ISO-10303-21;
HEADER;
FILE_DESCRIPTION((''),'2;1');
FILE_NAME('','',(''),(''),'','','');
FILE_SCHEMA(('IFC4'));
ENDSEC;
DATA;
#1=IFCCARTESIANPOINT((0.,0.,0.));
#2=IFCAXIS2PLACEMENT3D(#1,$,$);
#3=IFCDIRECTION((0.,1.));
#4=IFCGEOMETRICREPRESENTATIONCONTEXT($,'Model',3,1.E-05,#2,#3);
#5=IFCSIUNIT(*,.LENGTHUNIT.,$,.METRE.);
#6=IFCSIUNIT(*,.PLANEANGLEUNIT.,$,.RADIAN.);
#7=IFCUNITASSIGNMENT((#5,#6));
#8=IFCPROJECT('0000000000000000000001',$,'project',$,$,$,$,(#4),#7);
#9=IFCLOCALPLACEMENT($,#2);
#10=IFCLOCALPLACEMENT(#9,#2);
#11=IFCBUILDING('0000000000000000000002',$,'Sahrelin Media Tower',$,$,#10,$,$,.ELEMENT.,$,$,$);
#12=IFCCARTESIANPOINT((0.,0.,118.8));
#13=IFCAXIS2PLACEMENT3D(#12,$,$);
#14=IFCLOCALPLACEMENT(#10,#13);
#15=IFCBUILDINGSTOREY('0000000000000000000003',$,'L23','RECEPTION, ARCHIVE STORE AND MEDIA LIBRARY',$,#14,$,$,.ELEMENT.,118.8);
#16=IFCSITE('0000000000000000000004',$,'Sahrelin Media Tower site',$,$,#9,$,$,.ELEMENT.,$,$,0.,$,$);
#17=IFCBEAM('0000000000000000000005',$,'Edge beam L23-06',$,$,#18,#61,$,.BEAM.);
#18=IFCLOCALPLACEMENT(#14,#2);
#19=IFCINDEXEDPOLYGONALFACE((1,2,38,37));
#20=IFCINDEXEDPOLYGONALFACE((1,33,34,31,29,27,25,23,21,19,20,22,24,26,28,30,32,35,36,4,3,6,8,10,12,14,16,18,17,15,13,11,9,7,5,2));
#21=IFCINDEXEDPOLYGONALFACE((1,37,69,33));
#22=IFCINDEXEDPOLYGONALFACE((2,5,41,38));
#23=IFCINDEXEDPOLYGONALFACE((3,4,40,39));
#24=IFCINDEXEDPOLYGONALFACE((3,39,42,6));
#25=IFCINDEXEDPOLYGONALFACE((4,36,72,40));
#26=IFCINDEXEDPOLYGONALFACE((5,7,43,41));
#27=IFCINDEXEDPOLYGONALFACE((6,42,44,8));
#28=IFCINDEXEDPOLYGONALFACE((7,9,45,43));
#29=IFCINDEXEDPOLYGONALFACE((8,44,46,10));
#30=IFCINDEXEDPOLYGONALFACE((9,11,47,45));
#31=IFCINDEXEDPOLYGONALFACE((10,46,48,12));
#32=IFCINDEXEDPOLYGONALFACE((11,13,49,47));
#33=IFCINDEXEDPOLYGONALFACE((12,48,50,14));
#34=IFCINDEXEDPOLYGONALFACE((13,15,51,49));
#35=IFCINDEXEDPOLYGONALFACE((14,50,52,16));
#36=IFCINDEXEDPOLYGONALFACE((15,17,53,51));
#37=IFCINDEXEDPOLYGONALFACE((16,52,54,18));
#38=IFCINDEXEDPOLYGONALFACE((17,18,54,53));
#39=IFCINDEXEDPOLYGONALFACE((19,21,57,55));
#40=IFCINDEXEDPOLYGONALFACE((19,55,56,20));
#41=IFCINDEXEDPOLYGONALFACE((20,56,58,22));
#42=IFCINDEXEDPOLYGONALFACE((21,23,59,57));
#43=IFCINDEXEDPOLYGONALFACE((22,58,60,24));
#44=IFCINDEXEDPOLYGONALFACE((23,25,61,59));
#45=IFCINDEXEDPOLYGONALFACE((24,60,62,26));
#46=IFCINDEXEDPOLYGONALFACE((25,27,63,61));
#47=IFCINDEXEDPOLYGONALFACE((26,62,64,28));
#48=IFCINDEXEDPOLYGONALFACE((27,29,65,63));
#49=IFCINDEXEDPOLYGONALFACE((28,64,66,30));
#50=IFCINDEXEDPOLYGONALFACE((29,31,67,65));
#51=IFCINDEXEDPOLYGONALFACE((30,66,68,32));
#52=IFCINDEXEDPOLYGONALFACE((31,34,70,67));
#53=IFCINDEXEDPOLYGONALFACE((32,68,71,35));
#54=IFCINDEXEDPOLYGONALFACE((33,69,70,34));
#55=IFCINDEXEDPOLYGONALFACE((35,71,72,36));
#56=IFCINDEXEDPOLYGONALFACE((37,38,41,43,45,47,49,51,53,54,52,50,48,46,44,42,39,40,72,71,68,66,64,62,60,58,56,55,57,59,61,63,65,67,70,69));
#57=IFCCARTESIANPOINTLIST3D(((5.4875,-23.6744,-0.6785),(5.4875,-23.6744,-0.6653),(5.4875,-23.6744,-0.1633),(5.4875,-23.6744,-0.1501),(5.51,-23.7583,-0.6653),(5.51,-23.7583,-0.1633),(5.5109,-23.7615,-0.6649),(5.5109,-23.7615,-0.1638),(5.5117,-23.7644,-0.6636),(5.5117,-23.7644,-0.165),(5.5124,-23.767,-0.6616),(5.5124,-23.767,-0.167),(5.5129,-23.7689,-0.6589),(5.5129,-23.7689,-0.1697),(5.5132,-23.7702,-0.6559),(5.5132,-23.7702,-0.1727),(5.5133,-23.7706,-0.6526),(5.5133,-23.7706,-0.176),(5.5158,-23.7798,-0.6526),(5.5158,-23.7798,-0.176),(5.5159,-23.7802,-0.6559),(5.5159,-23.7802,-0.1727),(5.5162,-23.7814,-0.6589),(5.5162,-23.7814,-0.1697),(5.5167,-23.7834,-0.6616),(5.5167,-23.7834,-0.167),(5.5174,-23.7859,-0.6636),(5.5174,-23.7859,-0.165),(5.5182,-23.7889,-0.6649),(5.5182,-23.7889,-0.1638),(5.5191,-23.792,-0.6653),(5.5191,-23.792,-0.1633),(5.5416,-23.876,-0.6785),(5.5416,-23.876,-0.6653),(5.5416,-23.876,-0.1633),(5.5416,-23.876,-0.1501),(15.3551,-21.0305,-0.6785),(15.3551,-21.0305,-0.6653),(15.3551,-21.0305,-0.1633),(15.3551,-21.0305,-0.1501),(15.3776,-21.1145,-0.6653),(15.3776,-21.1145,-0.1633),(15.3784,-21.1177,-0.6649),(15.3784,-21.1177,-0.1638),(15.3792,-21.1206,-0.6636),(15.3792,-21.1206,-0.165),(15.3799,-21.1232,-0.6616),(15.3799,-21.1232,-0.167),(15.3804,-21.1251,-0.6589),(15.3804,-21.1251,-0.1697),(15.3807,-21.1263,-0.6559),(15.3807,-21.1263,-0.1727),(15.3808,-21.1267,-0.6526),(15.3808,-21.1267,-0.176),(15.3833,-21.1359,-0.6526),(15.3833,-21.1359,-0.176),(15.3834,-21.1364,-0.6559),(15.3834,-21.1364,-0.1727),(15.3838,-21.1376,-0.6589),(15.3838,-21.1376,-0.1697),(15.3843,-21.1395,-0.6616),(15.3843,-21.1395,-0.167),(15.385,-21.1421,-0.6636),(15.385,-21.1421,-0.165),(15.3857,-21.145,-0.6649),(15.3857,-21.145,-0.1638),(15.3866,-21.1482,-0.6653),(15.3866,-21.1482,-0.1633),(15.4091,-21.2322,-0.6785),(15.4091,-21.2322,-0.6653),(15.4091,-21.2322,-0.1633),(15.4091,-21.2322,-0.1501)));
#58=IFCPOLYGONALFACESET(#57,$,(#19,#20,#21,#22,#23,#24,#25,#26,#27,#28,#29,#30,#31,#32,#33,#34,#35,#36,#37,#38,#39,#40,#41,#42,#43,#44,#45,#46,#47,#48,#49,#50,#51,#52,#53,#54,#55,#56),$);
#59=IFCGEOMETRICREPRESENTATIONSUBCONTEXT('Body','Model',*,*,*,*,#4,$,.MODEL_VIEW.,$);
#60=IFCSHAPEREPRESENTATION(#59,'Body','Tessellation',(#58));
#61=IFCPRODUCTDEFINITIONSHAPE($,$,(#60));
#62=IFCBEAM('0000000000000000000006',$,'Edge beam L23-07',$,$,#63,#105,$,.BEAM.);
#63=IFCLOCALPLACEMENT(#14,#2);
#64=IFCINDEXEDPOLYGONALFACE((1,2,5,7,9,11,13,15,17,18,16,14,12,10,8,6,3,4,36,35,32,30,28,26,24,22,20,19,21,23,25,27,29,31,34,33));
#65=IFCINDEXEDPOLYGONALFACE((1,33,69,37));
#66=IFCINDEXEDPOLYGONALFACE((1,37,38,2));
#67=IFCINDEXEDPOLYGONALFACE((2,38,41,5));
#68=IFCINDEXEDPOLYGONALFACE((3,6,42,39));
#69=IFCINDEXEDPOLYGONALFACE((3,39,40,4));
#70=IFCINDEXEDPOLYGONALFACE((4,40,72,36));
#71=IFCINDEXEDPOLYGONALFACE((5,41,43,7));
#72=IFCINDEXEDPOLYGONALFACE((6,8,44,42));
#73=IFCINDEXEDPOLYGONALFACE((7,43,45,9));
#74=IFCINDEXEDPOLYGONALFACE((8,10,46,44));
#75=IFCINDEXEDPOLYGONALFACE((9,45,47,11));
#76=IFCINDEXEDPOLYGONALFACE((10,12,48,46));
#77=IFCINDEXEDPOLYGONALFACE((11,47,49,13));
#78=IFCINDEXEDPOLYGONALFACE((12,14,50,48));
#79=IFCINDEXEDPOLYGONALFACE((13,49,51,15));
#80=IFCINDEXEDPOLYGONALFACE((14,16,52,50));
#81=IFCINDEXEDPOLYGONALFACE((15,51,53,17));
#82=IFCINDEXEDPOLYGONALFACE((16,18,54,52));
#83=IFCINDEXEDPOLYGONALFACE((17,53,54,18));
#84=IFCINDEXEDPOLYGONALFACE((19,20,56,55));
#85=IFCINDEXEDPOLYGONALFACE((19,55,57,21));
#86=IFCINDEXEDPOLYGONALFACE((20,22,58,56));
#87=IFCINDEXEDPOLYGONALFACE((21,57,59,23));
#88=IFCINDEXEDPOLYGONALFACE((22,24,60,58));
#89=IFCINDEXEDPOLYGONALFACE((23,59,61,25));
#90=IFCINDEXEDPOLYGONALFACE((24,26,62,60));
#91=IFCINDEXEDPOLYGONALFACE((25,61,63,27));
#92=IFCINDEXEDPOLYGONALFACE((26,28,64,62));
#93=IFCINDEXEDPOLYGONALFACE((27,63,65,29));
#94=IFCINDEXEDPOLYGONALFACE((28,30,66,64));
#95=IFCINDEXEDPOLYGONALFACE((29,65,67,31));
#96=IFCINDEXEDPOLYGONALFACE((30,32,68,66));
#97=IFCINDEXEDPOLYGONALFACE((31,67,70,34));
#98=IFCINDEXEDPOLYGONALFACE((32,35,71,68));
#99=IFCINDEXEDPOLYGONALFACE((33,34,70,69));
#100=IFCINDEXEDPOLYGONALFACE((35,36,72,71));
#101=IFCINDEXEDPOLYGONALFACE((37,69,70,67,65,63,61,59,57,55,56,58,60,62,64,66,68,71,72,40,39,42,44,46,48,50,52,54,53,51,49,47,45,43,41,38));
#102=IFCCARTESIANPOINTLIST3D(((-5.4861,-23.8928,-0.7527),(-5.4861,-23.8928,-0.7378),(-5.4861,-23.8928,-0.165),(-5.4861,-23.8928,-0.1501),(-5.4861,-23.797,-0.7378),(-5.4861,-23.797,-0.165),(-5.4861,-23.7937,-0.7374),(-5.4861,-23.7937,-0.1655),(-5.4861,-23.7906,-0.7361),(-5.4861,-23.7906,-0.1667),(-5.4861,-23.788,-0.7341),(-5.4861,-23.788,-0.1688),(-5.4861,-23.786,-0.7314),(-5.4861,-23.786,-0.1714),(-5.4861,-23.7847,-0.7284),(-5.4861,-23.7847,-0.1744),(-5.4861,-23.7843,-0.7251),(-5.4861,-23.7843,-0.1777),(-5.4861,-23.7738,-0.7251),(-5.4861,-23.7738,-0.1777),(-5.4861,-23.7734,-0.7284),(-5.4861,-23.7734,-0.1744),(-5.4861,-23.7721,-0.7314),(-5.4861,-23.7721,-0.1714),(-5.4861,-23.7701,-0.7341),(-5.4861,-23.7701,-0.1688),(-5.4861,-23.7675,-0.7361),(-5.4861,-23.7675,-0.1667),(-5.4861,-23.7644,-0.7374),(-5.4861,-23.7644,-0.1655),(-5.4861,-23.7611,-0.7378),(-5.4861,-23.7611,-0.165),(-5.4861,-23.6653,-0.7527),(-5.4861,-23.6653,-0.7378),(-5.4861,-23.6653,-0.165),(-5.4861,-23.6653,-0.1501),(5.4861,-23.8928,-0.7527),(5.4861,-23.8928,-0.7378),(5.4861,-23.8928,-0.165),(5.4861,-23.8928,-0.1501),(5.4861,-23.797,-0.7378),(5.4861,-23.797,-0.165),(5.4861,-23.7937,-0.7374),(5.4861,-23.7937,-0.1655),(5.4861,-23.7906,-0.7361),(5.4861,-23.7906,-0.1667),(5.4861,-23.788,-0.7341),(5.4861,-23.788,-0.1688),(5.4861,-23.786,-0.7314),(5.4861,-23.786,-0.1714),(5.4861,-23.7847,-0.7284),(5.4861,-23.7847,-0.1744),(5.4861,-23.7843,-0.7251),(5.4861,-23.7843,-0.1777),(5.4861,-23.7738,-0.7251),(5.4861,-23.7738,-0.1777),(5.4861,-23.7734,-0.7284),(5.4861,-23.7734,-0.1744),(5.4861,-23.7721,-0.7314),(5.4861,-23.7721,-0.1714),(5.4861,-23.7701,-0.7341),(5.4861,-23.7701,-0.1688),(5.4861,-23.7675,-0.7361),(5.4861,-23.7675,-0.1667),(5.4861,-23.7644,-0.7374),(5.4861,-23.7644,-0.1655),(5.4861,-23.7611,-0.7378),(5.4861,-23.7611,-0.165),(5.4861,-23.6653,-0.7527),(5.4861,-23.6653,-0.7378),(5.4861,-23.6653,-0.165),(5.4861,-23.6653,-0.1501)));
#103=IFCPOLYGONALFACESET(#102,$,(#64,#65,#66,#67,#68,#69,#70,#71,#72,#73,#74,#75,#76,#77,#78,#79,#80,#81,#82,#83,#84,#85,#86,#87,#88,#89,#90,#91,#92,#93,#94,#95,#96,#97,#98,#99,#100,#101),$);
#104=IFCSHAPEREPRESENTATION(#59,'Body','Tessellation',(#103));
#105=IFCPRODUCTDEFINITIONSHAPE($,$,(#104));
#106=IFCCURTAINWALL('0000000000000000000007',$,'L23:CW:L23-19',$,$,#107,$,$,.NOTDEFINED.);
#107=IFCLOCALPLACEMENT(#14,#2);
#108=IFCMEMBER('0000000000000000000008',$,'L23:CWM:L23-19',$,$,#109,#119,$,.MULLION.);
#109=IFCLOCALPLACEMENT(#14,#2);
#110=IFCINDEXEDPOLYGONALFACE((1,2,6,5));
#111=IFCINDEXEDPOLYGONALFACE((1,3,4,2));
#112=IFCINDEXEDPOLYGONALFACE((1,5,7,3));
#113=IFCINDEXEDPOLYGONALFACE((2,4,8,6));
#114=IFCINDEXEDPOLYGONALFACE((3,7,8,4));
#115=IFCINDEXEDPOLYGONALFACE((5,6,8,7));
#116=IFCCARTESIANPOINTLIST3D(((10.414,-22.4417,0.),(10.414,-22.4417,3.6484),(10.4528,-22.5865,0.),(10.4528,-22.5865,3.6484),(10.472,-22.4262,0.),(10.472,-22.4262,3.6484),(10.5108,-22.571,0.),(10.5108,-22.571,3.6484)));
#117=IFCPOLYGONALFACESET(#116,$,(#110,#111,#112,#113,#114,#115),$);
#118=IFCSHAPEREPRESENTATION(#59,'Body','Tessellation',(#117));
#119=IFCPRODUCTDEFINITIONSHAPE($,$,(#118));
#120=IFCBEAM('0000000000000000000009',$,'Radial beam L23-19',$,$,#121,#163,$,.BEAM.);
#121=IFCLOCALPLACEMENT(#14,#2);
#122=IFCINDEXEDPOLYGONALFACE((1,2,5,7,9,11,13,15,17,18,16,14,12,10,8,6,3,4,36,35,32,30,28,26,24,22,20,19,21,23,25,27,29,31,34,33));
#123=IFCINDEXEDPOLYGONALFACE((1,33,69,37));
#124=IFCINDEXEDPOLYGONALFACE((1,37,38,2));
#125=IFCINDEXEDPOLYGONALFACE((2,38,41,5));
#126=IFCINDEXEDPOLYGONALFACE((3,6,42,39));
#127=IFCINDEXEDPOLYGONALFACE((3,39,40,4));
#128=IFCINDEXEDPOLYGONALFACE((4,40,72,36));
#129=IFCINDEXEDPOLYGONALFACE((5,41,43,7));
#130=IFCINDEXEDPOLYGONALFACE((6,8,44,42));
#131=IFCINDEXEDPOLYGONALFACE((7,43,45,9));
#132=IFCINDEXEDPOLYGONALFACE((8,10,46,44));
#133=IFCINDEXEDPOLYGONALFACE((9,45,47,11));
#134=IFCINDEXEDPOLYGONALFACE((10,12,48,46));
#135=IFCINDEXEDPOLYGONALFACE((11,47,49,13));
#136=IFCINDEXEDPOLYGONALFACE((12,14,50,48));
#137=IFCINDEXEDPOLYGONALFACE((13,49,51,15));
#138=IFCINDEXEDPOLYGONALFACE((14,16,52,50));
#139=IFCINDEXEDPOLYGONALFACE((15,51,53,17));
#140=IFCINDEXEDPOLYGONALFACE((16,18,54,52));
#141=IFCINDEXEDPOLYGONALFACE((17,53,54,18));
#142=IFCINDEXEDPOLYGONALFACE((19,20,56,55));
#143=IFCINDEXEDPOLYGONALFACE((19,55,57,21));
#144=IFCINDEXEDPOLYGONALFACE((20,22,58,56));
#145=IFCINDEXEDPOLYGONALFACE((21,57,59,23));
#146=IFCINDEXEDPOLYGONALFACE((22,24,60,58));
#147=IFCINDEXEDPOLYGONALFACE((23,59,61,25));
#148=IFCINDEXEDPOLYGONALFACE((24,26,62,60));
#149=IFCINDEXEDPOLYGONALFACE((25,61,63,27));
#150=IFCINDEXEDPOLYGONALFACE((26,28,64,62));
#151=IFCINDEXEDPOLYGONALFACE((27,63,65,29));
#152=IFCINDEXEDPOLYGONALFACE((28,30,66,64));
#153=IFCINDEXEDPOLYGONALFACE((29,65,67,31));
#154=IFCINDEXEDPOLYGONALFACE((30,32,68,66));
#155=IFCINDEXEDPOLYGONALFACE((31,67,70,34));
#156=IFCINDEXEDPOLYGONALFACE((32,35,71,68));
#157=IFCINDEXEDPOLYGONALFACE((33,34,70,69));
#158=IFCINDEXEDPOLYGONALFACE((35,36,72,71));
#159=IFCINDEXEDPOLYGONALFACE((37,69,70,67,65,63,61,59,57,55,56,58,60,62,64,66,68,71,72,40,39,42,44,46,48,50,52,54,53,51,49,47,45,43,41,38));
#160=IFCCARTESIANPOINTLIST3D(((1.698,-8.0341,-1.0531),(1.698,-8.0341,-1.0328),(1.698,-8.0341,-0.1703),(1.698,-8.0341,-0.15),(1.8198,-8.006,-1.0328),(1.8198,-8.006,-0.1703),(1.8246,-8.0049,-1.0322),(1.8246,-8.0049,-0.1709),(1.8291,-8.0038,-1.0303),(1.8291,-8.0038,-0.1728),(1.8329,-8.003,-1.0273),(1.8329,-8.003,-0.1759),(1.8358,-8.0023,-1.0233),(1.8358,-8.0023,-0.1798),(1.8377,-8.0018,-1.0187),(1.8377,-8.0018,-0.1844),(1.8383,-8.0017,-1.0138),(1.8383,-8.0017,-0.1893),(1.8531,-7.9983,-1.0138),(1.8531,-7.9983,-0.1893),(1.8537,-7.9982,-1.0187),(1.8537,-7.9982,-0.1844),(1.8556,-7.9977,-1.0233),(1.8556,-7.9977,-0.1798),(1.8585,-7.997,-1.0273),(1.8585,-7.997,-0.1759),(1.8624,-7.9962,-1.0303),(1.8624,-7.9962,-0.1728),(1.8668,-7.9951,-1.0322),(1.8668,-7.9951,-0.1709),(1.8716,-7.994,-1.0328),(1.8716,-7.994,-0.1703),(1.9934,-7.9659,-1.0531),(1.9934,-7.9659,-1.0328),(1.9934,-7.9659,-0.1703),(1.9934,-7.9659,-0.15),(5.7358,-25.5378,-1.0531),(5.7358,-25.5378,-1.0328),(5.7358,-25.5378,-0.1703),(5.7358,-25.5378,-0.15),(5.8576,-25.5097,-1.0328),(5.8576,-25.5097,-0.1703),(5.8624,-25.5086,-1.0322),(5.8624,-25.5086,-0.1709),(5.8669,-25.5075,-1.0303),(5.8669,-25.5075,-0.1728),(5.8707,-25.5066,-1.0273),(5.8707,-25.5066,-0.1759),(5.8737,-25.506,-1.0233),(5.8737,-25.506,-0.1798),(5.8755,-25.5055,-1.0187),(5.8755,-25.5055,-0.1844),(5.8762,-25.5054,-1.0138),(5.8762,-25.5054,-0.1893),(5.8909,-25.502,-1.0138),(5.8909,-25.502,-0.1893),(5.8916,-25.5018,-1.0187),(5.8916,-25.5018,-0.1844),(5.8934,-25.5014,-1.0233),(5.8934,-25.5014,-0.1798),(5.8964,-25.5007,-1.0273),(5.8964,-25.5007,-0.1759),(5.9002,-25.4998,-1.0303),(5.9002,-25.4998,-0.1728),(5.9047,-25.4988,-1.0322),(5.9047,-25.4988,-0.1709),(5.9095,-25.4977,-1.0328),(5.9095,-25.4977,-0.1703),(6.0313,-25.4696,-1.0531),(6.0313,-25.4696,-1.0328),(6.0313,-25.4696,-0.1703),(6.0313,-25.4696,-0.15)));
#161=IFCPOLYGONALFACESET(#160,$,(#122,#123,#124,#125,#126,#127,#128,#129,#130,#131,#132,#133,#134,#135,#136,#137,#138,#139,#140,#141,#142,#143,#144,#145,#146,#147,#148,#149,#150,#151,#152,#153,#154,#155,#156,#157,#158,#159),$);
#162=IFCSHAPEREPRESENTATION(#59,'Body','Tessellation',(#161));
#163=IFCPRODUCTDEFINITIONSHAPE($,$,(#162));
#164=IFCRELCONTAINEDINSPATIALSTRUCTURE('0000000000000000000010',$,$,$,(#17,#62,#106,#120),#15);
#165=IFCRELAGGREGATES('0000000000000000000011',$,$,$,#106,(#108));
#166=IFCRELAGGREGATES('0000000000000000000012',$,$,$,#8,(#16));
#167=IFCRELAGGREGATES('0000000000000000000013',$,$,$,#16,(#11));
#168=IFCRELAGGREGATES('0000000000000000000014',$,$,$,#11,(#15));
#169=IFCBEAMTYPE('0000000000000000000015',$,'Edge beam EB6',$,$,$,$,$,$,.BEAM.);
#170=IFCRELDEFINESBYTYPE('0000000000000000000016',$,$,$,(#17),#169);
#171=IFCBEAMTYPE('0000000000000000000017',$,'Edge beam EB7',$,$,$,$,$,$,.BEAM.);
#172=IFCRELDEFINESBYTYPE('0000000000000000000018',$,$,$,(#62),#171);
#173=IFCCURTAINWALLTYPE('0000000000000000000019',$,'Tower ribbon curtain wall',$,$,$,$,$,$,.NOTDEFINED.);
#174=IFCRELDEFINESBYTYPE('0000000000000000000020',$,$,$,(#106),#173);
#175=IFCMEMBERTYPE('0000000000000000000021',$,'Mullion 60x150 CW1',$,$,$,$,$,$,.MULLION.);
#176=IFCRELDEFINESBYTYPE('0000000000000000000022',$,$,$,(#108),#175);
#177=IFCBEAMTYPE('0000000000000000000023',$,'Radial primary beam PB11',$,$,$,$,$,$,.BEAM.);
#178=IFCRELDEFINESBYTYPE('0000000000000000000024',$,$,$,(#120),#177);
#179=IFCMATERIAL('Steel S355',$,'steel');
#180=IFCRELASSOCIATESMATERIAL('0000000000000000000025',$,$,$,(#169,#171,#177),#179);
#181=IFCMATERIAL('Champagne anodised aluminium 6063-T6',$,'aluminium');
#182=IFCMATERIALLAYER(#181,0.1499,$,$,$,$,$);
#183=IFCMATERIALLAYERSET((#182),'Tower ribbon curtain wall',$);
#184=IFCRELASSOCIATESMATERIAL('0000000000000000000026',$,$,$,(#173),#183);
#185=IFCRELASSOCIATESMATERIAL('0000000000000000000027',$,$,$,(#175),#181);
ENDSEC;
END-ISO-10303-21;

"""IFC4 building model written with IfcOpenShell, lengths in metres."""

from ifc_helpers import new_model, si_unit, direction, frame, origin, origin_2d, place, context, subcontext, project, spatial, rectangle, i_section, extrude, material, layer, layer_set, material_profile, profile_set, type_object, element, aggregate, save


model = new_model("IFC4")

# Units and contexts
model_context = context("Model", 3, precision=1e-05, world=origin(), true_north=direction((0.0, 1.0)))
body_context = subcontext(model_context, "Body", "Model", "MODEL_VIEW")
ifc_project = project(units=[si_unit("LENGTHUNIT", "METRE"), si_unit("PLANEANGLEUNIT", "RADIAN")], contexts=[model_context])

# Site, building, storey
site_placement = place(None, origin())
site = spatial("IfcSite", under=ifc_project, at=site_placement, Name="Sahrelin Media Tower site", CompositionType="ELEMENT", RefElevation=0.0)
building_placement = place(site_placement, origin())
building = spatial("IfcBuilding", under=site, at=building_placement, Name="Sahrelin Media Tower", CompositionType="ELEMENT")
storey_placement = place(building_placement, frame((0.0, 0.0, 118.8)))
storey = spatial("IfcBuildingStorey", under=building, at=storey_placement, Name="L23", Description="RECEPTION, ARCHIVE STORE AND MEDIA LIBRARY", CompositionType="ELEMENT", Elevation=118.8)

# Beams
ifc_material_1 = material(Name="Steel S355", Category="steel")
ifc_material_profile_1 = material_profile(ifc_material_1, i_section(OverallWidth=0.2087, OverallDepth=0.5283, WebThickness=0.0095, FlangeThickness=0.0132, FilletRadius=0.0127, at=origin_2d()), Name="UB 533x210x82")
ifc_profile_set_1 = profile_set([ifc_material_profile_1], Name="Steel S355")
beam_type_1 = type_object("IfcBeamType", Name="Edge beam EB6", PredefinedType="BEAM", material=ifc_profile_set_1)
beam_1_placement = place(storey_placement, frame((15.3821, -21.1313, -0.4143), z_axis=(-0.96593, -0.258803, 0.0), x_axis=(0.258803, -0.96593, 0.0)))
element("IfcBeam", 1, at=beam_1_placement, inside=storey, type_object=beam_type_1, Name="Edge beam L23-06", PredefinedType="BEAM", context=body_context, shape_type="SweptSolid", body=[
    extrude(i_section(OverallWidth=0.2087, OverallDepth=0.5283, WebThickness=0.0095, FlangeThickness=0.0132, FilletRadius=0.0127, at=origin_2d()), origin(), (0.0, 0.0, 1.0), 10.2156),
])
ifc_material_profile_2 = material_profile(ifc_material_1, i_section(OverallWidth=0.2275, OverallDepth=0.6025, WebThickness=0.0105, FlangeThickness=0.0149, FilletRadius=0.0127, at=origin_2d()), Name="UB 610x229x101")
ifc_profile_set_2 = profile_set([ifc_material_profile_2], Name="Steel S355")
beam_type_2 = type_object("IfcBeamType", Name="Edge beam EB7", PredefinedType="BEAM", material=ifc_profile_set_2)
beam_2_placement = place(storey_placement, frame((5.4861, -23.7791, -0.4514), z_axis=(-1.0, 0.0, 0.0), x_axis=(0.0, -1.0, 0.0)))
element("IfcBeam", 2, at=beam_2_placement, inside=storey, type_object=beam_type_2, Name="Edge beam L23-07", PredefinedType="BEAM", context=body_context, shape_type="SweptSolid", body=[
    extrude(i_section(OverallWidth=0.2275, OverallDepth=0.6025, WebThickness=0.0105, FlangeThickness=0.0149, FilletRadius=0.0127, at=origin_2d()), origin(), (0.0, 0.0, 1.0), 10.9722),
])

# Curtain wall, member
ifc_material_2 = material(Name="Champagne anodised aluminium 6063-T6", Category="aluminium")
ifc_layer_1 = layer(ifc_material_2, 0.1499)
ifc_layer_set_1 = layer_set([ifc_layer_1], Name="Tower ribbon curtain wall")
curtain_wall_type = type_object("IfcCurtainWallType", Name="Tower ribbon curtain wall", PredefinedType="NOTDEFINED", material=ifc_layer_set_1)
curtain_wall_1_placement = place(storey_placement, frame((10.4871, -22.5981, 0.0), z_axis=(0.0, 0.0, 1.0), x_axis=(1.0, 0.0, 0.0)))
curtain_wall_1 = element("IfcCurtainWall", 3, at=curtain_wall_1_placement, inside=storey, type_object=curtain_wall_type, Name="L23:CW:L23-19", PredefinedType="NOTDEFINED")
ifc_material_profile_3 = material_profile(ifc_material_2, rectangle(XDim=0.0601, YDim=0.1499, at=origin_2d()), Name="Mullion 60x150")
ifc_profile_set_3 = profile_set([ifc_material_profile_3], Name="Champagne anodised aluminium 6063-T6")
member_type_1 = type_object("IfcMemberType", Name="Mullion 60x150 CW1", PredefinedType="MULLION", material=ifc_profile_set_3)
member_1_placement = place(storey_placement, frame((10.4624, -22.5063, 0.0), z_axis=(0.0, 0.0, 1.0), x_axis=(0.965926, 0.258819, 0.0)))
member_1 = element("IfcMember", 4, at=member_1_placement, type_object=member_type_1, Name="L23:CWM:L23-19", PredefinedType="MULLION", context=body_context, shape_type="SweptSolid", body=[
    extrude(rectangle(XDim=0.0601, YDim=0.1499, at=origin_2d()), origin(), (0.0, 0.0, 1.0), 3.6484),
])

# Beam
ifc_material_profile_4 = material_profile(ifc_material_1, i_section(OverallWidth=0.3032, OverallDepth=0.9031, WebThickness=0.0151, FlangeThickness=0.0203, FilletRadius=0.019, at=origin_2d()), Name="UB 914x305x201")
ifc_profile_set_4 = profile_set([ifc_material_profile_4], Name="Steel S355")
beam_type_3 = type_object("IfcBeamType", Name="Radial primary beam PB11", PredefinedType="BEAM", material=ifc_profile_set_4)
beam_3_placement = place(storey_placement, frame((1.8457, -8.0, -0.6016), z_axis=(0.224782, -0.974409, 0.0), x_axis=(0.974409, 0.224782, 0.0)))
element("IfcBeam", 5, at=beam_3_placement, inside=storey, type_object=beam_type_3, Name="Radial beam L23-19", PredefinedType="BEAM", context=body_context, shape_type="SweptSolid", body=[
    extrude(i_section(OverallWidth=0.3032, OverallDepth=0.9031, WebThickness=0.0151, FlangeThickness=0.0203, FilletRadius=0.019, at=origin_2d()), origin(), (0.0, 0.0, 1.0), 17.9634),
])

aggregate(curtain_wall_1, [member_1])

save(model, "model.ifc")
